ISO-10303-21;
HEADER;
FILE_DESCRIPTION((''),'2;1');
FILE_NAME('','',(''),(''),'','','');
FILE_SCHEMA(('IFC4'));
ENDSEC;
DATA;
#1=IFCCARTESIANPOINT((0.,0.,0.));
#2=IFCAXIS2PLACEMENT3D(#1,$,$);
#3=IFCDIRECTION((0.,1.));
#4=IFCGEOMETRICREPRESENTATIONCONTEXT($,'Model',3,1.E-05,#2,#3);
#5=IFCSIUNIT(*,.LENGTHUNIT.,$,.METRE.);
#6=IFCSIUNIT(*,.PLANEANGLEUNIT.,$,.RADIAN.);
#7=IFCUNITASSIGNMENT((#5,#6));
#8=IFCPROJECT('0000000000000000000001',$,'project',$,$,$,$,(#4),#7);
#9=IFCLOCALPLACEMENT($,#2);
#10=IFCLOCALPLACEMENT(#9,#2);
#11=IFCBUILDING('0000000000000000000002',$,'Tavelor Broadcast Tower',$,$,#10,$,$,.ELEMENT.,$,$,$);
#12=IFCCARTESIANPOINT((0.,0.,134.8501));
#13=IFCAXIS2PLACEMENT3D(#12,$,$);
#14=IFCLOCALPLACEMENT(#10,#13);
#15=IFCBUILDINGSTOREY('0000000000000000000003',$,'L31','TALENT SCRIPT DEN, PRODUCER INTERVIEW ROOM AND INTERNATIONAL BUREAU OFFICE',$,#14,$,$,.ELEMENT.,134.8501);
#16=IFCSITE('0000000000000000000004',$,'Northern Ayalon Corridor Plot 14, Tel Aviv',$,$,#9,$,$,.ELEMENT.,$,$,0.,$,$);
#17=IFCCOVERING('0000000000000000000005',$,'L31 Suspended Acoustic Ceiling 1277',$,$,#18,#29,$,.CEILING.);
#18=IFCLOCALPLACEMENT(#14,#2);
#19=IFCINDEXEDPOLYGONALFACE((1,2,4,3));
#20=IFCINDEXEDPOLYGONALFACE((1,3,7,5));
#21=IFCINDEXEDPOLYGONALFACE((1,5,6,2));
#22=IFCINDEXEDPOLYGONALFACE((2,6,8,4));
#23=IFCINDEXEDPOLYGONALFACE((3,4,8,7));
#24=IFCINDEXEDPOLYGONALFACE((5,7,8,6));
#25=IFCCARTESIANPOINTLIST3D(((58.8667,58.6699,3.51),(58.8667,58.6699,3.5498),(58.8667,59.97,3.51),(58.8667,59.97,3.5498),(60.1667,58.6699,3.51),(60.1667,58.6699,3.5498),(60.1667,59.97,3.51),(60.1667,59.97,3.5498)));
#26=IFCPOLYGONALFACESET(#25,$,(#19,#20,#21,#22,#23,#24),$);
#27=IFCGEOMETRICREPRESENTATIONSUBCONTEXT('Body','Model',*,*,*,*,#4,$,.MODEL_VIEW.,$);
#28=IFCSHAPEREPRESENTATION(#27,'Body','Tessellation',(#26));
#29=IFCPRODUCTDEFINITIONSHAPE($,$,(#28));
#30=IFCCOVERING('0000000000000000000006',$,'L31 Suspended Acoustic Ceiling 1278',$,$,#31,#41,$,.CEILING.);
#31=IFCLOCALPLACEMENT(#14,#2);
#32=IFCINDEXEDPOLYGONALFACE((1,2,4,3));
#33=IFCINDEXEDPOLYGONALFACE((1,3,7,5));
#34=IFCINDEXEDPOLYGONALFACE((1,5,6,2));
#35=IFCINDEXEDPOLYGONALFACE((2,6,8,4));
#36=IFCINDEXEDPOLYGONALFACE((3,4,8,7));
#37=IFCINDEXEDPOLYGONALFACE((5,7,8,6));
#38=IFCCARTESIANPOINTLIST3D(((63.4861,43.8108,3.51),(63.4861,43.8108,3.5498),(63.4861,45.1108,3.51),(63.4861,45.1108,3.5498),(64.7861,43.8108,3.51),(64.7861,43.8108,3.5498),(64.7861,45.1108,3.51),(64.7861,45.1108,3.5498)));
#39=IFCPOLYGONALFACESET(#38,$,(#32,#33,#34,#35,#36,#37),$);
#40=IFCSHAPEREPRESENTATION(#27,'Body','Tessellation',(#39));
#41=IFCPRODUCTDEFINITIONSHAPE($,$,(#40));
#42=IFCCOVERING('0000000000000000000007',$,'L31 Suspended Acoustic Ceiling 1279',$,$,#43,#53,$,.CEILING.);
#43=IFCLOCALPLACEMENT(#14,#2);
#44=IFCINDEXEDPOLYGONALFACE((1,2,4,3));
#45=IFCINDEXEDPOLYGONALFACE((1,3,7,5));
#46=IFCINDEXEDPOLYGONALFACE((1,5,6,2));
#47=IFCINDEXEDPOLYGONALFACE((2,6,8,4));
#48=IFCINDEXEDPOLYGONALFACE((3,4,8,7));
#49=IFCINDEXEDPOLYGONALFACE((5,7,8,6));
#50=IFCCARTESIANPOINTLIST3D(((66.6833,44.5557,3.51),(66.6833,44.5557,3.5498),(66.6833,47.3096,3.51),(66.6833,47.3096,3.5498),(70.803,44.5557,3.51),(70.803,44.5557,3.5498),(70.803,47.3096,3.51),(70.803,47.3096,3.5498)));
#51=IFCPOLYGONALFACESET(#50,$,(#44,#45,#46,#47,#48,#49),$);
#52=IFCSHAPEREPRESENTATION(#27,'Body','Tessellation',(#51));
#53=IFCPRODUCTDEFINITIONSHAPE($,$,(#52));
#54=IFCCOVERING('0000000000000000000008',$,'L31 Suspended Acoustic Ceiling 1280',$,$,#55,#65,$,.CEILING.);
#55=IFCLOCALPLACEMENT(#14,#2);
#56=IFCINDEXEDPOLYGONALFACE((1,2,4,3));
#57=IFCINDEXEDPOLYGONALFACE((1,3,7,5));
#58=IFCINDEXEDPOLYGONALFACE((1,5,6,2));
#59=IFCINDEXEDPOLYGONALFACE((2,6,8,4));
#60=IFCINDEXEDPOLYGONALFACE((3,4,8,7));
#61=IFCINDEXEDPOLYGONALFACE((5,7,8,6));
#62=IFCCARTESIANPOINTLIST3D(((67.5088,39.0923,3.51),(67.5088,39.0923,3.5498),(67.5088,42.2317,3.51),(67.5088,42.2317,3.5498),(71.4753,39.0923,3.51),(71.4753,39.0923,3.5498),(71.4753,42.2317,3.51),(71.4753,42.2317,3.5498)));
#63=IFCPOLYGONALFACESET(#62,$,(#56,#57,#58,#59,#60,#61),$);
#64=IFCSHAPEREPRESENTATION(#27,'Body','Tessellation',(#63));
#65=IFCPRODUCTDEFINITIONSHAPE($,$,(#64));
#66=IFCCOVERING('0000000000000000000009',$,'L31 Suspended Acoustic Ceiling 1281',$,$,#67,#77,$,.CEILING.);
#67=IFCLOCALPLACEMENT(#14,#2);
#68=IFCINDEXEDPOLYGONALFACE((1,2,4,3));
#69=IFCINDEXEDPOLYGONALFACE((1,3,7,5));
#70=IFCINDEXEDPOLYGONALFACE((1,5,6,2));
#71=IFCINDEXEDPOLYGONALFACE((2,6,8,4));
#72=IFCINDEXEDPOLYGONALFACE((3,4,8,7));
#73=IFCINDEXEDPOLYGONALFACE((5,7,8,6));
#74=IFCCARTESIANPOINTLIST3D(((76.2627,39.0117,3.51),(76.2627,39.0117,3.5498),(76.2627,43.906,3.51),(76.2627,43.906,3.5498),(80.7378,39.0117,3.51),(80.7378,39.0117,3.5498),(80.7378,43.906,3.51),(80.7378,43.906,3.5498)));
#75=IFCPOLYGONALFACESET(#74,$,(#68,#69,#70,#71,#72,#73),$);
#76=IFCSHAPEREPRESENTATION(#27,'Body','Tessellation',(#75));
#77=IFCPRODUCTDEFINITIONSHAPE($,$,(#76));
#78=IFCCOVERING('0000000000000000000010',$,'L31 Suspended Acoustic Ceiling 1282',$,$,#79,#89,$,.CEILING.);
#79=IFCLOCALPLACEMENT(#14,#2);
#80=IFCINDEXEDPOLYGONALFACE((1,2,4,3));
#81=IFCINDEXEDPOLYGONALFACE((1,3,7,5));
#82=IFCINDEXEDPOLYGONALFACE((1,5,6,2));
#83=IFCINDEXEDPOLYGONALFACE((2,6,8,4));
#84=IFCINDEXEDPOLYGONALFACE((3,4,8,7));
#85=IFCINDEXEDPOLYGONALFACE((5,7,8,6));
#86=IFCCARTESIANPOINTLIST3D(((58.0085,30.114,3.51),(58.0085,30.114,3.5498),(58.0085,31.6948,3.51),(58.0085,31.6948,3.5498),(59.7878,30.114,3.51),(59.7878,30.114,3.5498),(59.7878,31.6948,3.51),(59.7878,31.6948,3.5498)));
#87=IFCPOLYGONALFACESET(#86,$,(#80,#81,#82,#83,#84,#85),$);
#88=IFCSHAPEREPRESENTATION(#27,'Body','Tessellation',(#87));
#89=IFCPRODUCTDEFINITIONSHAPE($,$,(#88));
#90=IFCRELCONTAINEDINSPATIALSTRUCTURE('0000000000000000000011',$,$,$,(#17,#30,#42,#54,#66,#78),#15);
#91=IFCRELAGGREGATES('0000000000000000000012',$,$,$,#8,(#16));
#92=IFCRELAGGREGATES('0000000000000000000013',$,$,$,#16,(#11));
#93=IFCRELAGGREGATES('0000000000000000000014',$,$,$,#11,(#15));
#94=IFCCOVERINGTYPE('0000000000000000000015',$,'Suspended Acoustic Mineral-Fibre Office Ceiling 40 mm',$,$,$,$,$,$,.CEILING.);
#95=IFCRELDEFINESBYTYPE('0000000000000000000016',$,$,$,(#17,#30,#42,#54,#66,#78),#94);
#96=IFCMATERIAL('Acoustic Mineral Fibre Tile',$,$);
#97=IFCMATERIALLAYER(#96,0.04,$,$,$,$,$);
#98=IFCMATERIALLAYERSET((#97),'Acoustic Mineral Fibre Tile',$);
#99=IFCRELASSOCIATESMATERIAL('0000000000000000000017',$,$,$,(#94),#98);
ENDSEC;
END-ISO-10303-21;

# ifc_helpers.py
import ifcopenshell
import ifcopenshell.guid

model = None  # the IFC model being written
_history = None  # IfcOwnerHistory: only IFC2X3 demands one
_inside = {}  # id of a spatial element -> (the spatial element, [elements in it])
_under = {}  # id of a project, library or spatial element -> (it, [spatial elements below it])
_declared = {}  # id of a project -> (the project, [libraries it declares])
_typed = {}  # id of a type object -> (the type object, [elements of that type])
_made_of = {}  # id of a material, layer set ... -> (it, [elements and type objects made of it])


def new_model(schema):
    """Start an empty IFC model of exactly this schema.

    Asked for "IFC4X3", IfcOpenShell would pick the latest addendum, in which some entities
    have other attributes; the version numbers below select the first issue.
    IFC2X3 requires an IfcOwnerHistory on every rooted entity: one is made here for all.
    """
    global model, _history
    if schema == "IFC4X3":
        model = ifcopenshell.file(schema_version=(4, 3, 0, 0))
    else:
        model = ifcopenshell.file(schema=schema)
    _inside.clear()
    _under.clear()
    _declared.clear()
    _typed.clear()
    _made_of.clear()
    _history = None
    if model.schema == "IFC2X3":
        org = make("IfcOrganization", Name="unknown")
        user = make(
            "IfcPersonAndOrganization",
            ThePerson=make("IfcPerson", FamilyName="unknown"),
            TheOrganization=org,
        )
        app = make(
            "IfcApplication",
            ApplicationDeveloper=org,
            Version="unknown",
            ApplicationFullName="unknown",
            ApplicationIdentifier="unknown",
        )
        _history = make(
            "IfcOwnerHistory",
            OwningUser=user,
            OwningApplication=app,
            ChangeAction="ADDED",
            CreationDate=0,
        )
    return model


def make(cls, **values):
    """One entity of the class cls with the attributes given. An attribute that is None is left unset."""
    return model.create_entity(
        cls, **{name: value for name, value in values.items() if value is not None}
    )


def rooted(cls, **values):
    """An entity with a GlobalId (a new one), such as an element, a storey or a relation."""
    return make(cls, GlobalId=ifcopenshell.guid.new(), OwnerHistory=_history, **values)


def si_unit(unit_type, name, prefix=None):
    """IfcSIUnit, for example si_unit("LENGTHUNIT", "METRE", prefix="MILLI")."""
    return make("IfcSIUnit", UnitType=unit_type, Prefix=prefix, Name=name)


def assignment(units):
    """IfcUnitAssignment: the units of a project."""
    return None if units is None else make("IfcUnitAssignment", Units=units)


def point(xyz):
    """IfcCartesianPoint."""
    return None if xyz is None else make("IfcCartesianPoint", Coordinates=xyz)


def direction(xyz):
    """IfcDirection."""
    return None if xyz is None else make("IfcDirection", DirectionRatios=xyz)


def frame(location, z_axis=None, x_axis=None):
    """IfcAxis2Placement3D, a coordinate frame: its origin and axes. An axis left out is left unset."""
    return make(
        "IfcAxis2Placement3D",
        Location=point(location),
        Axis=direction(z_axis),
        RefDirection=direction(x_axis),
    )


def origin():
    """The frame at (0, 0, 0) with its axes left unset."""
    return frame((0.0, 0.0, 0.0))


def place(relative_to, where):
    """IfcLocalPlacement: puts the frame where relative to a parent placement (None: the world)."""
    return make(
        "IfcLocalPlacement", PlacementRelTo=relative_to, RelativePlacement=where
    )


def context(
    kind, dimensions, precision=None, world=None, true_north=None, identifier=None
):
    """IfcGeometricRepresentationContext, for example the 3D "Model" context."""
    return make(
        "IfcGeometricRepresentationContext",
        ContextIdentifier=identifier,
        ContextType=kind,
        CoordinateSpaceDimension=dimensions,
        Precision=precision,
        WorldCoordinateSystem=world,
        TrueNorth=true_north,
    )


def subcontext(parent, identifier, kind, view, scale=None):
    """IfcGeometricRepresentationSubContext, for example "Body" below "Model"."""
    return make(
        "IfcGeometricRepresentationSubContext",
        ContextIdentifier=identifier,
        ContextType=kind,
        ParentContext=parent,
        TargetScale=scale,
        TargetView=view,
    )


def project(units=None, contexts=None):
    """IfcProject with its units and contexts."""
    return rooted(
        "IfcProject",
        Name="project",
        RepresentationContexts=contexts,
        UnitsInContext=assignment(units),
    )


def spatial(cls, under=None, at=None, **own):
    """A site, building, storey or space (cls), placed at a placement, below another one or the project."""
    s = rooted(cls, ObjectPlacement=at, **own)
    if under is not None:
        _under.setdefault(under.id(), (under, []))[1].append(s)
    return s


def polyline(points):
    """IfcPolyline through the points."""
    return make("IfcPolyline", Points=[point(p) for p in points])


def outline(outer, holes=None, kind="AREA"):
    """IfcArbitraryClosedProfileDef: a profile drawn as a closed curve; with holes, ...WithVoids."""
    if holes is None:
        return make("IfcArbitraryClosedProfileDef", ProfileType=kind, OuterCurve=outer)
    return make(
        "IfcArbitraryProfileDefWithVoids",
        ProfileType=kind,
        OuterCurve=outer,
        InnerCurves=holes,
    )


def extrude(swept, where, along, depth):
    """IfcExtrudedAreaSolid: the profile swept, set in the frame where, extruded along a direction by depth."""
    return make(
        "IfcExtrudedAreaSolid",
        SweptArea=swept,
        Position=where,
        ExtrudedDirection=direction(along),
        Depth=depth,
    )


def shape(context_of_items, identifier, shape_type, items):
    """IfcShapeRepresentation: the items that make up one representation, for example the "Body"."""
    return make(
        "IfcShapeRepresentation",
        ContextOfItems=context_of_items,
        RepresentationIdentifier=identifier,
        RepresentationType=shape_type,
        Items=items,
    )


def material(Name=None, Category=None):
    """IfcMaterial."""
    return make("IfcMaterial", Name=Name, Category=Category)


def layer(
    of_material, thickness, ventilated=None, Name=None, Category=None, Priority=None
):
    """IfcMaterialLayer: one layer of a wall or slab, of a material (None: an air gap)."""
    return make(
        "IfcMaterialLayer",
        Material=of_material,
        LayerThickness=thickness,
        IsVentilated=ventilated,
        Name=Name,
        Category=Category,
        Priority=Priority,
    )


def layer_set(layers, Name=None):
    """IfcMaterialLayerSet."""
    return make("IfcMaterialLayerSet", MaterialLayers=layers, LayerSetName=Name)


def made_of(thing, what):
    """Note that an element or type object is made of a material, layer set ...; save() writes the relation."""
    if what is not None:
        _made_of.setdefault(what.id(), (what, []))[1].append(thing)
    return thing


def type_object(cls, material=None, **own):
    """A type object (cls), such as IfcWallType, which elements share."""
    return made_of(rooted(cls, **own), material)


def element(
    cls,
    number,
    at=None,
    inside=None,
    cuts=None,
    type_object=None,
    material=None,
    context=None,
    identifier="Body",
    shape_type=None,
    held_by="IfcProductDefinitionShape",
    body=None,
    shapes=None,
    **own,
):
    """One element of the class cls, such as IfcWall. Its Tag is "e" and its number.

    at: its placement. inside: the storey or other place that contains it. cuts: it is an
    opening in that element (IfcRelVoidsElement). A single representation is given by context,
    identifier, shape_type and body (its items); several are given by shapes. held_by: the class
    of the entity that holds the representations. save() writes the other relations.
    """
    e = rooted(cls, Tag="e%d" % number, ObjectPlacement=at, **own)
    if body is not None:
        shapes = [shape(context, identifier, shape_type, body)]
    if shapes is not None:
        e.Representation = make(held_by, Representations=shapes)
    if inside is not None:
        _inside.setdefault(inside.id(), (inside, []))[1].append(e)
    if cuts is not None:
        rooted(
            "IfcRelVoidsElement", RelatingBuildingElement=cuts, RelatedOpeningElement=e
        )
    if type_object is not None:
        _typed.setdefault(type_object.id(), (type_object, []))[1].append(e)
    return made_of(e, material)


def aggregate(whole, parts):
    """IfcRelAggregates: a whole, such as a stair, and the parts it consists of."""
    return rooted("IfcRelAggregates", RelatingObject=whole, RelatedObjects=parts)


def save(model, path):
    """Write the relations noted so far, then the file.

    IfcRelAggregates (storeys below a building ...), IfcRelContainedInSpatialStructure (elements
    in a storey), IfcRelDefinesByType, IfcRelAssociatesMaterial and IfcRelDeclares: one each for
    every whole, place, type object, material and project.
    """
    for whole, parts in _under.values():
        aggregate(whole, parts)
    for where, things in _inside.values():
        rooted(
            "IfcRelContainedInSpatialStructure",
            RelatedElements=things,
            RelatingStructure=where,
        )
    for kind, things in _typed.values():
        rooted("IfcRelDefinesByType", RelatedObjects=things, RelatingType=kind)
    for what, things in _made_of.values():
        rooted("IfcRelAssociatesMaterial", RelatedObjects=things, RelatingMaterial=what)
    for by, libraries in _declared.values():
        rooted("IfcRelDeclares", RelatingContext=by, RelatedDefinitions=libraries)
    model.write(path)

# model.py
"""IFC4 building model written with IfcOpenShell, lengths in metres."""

from ifc_helpers import new_model, si_unit, direction, frame, origin, place, context, subcontext, project, spatial, polyline, outline, extrude, material, layer, layer_set, type_object, element, save


model = new_model("IFC4")

# Units and contexts
model_context = context("Model", 3, precision=1e-05, world=origin(), true_north=direction((0.0, 1.0)))
body_context = subcontext(model_context, "Body", "Model", "MODEL_VIEW")
ifc_project = project(units=[si_unit("LENGTHUNIT", "METRE"), si_unit("PLANEANGLEUNIT", "RADIAN")], contexts=[model_context])

# Site, building, storey
site_placement = place(None, origin())
site = spatial("IfcSite", under=ifc_project, at=site_placement, Name="Northern Ayalon Corridor Plot 14, Tel Aviv", CompositionType="ELEMENT", RefElevation=0.0)
building_placement = place(site_placement, origin())
building = spatial("IfcBuilding", under=site, at=building_placement, Name="Tavelor Broadcast Tower", CompositionType="ELEMENT")
storey_placement = place(building_placement, frame((0.0, 0.0, 134.8501)))
storey = spatial("IfcBuildingStorey", under=building, at=storey_placement, Name="L31", Description="TALENT SCRIPT DEN, PRODUCER INTERVIEW ROOM AND INTERNATIONAL BUREAU OFFICE", CompositionType="ELEMENT", Elevation=134.8501)

# Coverings
ifc_material_1 = material(Name="Acoustic Mineral Fibre Tile")
ifc_layer_1 = layer(ifc_material_1, 0.04)
ifc_layer_set_1 = layer_set([ifc_layer_1], Name="Acoustic Mineral Fibre Tile")
covering_type_1 = type_object("IfcCoveringType", Name="Suspended Acoustic Mineral-Fibre Office Ceiling 40 mm", PredefinedType="CEILING", material=ifc_layer_set_1)
covering_1_placement = place(storey_placement, frame((0.0, 0.0, 3.51)))
element("IfcCovering", 1, at=covering_1_placement, inside=storey, type_object=covering_type_1, Name="L31 Suspended Acoustic Ceiling 1277", PredefinedType="CEILING", context=body_context, shape_type="SweptSolid", body=[
    extrude(outline(polyline([(58.8667, 58.6699), (60.1667, 58.6699), (60.1667, 59.97), (58.8667, 59.97), (58.8667, 58.6699)])), origin(), (0.0, 0.0, 1.0), 0.0398),
])
covering_2_placement = place(storey_placement, frame((0.0, 0.0, 3.51)))
element("IfcCovering", 2, at=covering_2_placement, inside=storey, type_object=covering_type_1, Name="L31 Suspended Acoustic Ceiling 1278", PredefinedType="CEILING", context=body_context, shape_type="SweptSolid", body=[
    extrude(outline(polyline([(63.4861, 43.8108), (64.7861, 43.8108), (64.7861, 45.1108), (63.4861, 45.1108), (63.4861, 43.8108)])), origin(), (0.0, 0.0, 1.0), 0.0398),
])
covering_3_placement = place(storey_placement, frame((0.0, 0.0, 3.51)))
element("IfcCovering", 3, at=covering_3_placement, inside=storey, type_object=covering_type_1, Name="L31 Suspended Acoustic Ceiling 1279", PredefinedType="CEILING", context=body_context, shape_type="SweptSolid", body=[
    extrude(outline(polyline([(66.6833, 44.5557), (70.803, 44.5557), (70.803, 47.3096), (66.6833, 47.3096), (66.6833, 44.5557)])), origin(), (0.0, 0.0, 1.0), 0.0398),
])
covering_4_placement = place(storey_placement, frame((0.0, 0.0, 3.51)))
element("IfcCovering", 4, at=covering_4_placement, inside=storey, type_object=covering_type_1, Name="L31 Suspended Acoustic Ceiling 1280", PredefinedType="CEILING", context=body_context, shape_type="SweptSolid", body=[
    extrude(outline(polyline([(67.5088, 39.0923), (71.4753, 39.0923), (71.4753, 42.2317), (67.5088, 42.2317), (67.5088, 39.0923)])), origin(), (0.0, 0.0, 1.0), 0.0398),
])
covering_5_placement = place(storey_placement, frame((0.0, 0.0, 3.51)))
element("IfcCovering", 5, at=covering_5_placement, inside=storey, type_object=covering_type_1, Name="L31 Suspended Acoustic Ceiling 1281", PredefinedType="CEILING", context=body_context, shape_type="SweptSolid", body=[
    extrude(outline(polyline([(76.2627, 39.0117), (80.7378, 39.0117), (80.7378, 43.906), (76.2627, 43.906), (76.2627, 39.0117)])), origin(), (0.0, 0.0, 1.0), 0.0398),
])
covering_6_placement = place(storey_placement, frame((0.0, 0.0, 3.51)))
element("IfcCovering", 6, at=covering_6_placement, inside=storey, type_object=covering_type_1, Name="L31 Suspended Acoustic Ceiling 1282", PredefinedType="CEILING", context=body_context, shape_type="SweptSolid", body=[
    extrude(outline(polyline([(58.0085, 30.114), (59.7878, 30.114), (59.7878, 31.6948), (58.0085, 31.6948), (58.0085, 30.114)])), origin(), (0.0, 0.0, 1.0), 0.0398),
])

save(model, "model.ifc")
